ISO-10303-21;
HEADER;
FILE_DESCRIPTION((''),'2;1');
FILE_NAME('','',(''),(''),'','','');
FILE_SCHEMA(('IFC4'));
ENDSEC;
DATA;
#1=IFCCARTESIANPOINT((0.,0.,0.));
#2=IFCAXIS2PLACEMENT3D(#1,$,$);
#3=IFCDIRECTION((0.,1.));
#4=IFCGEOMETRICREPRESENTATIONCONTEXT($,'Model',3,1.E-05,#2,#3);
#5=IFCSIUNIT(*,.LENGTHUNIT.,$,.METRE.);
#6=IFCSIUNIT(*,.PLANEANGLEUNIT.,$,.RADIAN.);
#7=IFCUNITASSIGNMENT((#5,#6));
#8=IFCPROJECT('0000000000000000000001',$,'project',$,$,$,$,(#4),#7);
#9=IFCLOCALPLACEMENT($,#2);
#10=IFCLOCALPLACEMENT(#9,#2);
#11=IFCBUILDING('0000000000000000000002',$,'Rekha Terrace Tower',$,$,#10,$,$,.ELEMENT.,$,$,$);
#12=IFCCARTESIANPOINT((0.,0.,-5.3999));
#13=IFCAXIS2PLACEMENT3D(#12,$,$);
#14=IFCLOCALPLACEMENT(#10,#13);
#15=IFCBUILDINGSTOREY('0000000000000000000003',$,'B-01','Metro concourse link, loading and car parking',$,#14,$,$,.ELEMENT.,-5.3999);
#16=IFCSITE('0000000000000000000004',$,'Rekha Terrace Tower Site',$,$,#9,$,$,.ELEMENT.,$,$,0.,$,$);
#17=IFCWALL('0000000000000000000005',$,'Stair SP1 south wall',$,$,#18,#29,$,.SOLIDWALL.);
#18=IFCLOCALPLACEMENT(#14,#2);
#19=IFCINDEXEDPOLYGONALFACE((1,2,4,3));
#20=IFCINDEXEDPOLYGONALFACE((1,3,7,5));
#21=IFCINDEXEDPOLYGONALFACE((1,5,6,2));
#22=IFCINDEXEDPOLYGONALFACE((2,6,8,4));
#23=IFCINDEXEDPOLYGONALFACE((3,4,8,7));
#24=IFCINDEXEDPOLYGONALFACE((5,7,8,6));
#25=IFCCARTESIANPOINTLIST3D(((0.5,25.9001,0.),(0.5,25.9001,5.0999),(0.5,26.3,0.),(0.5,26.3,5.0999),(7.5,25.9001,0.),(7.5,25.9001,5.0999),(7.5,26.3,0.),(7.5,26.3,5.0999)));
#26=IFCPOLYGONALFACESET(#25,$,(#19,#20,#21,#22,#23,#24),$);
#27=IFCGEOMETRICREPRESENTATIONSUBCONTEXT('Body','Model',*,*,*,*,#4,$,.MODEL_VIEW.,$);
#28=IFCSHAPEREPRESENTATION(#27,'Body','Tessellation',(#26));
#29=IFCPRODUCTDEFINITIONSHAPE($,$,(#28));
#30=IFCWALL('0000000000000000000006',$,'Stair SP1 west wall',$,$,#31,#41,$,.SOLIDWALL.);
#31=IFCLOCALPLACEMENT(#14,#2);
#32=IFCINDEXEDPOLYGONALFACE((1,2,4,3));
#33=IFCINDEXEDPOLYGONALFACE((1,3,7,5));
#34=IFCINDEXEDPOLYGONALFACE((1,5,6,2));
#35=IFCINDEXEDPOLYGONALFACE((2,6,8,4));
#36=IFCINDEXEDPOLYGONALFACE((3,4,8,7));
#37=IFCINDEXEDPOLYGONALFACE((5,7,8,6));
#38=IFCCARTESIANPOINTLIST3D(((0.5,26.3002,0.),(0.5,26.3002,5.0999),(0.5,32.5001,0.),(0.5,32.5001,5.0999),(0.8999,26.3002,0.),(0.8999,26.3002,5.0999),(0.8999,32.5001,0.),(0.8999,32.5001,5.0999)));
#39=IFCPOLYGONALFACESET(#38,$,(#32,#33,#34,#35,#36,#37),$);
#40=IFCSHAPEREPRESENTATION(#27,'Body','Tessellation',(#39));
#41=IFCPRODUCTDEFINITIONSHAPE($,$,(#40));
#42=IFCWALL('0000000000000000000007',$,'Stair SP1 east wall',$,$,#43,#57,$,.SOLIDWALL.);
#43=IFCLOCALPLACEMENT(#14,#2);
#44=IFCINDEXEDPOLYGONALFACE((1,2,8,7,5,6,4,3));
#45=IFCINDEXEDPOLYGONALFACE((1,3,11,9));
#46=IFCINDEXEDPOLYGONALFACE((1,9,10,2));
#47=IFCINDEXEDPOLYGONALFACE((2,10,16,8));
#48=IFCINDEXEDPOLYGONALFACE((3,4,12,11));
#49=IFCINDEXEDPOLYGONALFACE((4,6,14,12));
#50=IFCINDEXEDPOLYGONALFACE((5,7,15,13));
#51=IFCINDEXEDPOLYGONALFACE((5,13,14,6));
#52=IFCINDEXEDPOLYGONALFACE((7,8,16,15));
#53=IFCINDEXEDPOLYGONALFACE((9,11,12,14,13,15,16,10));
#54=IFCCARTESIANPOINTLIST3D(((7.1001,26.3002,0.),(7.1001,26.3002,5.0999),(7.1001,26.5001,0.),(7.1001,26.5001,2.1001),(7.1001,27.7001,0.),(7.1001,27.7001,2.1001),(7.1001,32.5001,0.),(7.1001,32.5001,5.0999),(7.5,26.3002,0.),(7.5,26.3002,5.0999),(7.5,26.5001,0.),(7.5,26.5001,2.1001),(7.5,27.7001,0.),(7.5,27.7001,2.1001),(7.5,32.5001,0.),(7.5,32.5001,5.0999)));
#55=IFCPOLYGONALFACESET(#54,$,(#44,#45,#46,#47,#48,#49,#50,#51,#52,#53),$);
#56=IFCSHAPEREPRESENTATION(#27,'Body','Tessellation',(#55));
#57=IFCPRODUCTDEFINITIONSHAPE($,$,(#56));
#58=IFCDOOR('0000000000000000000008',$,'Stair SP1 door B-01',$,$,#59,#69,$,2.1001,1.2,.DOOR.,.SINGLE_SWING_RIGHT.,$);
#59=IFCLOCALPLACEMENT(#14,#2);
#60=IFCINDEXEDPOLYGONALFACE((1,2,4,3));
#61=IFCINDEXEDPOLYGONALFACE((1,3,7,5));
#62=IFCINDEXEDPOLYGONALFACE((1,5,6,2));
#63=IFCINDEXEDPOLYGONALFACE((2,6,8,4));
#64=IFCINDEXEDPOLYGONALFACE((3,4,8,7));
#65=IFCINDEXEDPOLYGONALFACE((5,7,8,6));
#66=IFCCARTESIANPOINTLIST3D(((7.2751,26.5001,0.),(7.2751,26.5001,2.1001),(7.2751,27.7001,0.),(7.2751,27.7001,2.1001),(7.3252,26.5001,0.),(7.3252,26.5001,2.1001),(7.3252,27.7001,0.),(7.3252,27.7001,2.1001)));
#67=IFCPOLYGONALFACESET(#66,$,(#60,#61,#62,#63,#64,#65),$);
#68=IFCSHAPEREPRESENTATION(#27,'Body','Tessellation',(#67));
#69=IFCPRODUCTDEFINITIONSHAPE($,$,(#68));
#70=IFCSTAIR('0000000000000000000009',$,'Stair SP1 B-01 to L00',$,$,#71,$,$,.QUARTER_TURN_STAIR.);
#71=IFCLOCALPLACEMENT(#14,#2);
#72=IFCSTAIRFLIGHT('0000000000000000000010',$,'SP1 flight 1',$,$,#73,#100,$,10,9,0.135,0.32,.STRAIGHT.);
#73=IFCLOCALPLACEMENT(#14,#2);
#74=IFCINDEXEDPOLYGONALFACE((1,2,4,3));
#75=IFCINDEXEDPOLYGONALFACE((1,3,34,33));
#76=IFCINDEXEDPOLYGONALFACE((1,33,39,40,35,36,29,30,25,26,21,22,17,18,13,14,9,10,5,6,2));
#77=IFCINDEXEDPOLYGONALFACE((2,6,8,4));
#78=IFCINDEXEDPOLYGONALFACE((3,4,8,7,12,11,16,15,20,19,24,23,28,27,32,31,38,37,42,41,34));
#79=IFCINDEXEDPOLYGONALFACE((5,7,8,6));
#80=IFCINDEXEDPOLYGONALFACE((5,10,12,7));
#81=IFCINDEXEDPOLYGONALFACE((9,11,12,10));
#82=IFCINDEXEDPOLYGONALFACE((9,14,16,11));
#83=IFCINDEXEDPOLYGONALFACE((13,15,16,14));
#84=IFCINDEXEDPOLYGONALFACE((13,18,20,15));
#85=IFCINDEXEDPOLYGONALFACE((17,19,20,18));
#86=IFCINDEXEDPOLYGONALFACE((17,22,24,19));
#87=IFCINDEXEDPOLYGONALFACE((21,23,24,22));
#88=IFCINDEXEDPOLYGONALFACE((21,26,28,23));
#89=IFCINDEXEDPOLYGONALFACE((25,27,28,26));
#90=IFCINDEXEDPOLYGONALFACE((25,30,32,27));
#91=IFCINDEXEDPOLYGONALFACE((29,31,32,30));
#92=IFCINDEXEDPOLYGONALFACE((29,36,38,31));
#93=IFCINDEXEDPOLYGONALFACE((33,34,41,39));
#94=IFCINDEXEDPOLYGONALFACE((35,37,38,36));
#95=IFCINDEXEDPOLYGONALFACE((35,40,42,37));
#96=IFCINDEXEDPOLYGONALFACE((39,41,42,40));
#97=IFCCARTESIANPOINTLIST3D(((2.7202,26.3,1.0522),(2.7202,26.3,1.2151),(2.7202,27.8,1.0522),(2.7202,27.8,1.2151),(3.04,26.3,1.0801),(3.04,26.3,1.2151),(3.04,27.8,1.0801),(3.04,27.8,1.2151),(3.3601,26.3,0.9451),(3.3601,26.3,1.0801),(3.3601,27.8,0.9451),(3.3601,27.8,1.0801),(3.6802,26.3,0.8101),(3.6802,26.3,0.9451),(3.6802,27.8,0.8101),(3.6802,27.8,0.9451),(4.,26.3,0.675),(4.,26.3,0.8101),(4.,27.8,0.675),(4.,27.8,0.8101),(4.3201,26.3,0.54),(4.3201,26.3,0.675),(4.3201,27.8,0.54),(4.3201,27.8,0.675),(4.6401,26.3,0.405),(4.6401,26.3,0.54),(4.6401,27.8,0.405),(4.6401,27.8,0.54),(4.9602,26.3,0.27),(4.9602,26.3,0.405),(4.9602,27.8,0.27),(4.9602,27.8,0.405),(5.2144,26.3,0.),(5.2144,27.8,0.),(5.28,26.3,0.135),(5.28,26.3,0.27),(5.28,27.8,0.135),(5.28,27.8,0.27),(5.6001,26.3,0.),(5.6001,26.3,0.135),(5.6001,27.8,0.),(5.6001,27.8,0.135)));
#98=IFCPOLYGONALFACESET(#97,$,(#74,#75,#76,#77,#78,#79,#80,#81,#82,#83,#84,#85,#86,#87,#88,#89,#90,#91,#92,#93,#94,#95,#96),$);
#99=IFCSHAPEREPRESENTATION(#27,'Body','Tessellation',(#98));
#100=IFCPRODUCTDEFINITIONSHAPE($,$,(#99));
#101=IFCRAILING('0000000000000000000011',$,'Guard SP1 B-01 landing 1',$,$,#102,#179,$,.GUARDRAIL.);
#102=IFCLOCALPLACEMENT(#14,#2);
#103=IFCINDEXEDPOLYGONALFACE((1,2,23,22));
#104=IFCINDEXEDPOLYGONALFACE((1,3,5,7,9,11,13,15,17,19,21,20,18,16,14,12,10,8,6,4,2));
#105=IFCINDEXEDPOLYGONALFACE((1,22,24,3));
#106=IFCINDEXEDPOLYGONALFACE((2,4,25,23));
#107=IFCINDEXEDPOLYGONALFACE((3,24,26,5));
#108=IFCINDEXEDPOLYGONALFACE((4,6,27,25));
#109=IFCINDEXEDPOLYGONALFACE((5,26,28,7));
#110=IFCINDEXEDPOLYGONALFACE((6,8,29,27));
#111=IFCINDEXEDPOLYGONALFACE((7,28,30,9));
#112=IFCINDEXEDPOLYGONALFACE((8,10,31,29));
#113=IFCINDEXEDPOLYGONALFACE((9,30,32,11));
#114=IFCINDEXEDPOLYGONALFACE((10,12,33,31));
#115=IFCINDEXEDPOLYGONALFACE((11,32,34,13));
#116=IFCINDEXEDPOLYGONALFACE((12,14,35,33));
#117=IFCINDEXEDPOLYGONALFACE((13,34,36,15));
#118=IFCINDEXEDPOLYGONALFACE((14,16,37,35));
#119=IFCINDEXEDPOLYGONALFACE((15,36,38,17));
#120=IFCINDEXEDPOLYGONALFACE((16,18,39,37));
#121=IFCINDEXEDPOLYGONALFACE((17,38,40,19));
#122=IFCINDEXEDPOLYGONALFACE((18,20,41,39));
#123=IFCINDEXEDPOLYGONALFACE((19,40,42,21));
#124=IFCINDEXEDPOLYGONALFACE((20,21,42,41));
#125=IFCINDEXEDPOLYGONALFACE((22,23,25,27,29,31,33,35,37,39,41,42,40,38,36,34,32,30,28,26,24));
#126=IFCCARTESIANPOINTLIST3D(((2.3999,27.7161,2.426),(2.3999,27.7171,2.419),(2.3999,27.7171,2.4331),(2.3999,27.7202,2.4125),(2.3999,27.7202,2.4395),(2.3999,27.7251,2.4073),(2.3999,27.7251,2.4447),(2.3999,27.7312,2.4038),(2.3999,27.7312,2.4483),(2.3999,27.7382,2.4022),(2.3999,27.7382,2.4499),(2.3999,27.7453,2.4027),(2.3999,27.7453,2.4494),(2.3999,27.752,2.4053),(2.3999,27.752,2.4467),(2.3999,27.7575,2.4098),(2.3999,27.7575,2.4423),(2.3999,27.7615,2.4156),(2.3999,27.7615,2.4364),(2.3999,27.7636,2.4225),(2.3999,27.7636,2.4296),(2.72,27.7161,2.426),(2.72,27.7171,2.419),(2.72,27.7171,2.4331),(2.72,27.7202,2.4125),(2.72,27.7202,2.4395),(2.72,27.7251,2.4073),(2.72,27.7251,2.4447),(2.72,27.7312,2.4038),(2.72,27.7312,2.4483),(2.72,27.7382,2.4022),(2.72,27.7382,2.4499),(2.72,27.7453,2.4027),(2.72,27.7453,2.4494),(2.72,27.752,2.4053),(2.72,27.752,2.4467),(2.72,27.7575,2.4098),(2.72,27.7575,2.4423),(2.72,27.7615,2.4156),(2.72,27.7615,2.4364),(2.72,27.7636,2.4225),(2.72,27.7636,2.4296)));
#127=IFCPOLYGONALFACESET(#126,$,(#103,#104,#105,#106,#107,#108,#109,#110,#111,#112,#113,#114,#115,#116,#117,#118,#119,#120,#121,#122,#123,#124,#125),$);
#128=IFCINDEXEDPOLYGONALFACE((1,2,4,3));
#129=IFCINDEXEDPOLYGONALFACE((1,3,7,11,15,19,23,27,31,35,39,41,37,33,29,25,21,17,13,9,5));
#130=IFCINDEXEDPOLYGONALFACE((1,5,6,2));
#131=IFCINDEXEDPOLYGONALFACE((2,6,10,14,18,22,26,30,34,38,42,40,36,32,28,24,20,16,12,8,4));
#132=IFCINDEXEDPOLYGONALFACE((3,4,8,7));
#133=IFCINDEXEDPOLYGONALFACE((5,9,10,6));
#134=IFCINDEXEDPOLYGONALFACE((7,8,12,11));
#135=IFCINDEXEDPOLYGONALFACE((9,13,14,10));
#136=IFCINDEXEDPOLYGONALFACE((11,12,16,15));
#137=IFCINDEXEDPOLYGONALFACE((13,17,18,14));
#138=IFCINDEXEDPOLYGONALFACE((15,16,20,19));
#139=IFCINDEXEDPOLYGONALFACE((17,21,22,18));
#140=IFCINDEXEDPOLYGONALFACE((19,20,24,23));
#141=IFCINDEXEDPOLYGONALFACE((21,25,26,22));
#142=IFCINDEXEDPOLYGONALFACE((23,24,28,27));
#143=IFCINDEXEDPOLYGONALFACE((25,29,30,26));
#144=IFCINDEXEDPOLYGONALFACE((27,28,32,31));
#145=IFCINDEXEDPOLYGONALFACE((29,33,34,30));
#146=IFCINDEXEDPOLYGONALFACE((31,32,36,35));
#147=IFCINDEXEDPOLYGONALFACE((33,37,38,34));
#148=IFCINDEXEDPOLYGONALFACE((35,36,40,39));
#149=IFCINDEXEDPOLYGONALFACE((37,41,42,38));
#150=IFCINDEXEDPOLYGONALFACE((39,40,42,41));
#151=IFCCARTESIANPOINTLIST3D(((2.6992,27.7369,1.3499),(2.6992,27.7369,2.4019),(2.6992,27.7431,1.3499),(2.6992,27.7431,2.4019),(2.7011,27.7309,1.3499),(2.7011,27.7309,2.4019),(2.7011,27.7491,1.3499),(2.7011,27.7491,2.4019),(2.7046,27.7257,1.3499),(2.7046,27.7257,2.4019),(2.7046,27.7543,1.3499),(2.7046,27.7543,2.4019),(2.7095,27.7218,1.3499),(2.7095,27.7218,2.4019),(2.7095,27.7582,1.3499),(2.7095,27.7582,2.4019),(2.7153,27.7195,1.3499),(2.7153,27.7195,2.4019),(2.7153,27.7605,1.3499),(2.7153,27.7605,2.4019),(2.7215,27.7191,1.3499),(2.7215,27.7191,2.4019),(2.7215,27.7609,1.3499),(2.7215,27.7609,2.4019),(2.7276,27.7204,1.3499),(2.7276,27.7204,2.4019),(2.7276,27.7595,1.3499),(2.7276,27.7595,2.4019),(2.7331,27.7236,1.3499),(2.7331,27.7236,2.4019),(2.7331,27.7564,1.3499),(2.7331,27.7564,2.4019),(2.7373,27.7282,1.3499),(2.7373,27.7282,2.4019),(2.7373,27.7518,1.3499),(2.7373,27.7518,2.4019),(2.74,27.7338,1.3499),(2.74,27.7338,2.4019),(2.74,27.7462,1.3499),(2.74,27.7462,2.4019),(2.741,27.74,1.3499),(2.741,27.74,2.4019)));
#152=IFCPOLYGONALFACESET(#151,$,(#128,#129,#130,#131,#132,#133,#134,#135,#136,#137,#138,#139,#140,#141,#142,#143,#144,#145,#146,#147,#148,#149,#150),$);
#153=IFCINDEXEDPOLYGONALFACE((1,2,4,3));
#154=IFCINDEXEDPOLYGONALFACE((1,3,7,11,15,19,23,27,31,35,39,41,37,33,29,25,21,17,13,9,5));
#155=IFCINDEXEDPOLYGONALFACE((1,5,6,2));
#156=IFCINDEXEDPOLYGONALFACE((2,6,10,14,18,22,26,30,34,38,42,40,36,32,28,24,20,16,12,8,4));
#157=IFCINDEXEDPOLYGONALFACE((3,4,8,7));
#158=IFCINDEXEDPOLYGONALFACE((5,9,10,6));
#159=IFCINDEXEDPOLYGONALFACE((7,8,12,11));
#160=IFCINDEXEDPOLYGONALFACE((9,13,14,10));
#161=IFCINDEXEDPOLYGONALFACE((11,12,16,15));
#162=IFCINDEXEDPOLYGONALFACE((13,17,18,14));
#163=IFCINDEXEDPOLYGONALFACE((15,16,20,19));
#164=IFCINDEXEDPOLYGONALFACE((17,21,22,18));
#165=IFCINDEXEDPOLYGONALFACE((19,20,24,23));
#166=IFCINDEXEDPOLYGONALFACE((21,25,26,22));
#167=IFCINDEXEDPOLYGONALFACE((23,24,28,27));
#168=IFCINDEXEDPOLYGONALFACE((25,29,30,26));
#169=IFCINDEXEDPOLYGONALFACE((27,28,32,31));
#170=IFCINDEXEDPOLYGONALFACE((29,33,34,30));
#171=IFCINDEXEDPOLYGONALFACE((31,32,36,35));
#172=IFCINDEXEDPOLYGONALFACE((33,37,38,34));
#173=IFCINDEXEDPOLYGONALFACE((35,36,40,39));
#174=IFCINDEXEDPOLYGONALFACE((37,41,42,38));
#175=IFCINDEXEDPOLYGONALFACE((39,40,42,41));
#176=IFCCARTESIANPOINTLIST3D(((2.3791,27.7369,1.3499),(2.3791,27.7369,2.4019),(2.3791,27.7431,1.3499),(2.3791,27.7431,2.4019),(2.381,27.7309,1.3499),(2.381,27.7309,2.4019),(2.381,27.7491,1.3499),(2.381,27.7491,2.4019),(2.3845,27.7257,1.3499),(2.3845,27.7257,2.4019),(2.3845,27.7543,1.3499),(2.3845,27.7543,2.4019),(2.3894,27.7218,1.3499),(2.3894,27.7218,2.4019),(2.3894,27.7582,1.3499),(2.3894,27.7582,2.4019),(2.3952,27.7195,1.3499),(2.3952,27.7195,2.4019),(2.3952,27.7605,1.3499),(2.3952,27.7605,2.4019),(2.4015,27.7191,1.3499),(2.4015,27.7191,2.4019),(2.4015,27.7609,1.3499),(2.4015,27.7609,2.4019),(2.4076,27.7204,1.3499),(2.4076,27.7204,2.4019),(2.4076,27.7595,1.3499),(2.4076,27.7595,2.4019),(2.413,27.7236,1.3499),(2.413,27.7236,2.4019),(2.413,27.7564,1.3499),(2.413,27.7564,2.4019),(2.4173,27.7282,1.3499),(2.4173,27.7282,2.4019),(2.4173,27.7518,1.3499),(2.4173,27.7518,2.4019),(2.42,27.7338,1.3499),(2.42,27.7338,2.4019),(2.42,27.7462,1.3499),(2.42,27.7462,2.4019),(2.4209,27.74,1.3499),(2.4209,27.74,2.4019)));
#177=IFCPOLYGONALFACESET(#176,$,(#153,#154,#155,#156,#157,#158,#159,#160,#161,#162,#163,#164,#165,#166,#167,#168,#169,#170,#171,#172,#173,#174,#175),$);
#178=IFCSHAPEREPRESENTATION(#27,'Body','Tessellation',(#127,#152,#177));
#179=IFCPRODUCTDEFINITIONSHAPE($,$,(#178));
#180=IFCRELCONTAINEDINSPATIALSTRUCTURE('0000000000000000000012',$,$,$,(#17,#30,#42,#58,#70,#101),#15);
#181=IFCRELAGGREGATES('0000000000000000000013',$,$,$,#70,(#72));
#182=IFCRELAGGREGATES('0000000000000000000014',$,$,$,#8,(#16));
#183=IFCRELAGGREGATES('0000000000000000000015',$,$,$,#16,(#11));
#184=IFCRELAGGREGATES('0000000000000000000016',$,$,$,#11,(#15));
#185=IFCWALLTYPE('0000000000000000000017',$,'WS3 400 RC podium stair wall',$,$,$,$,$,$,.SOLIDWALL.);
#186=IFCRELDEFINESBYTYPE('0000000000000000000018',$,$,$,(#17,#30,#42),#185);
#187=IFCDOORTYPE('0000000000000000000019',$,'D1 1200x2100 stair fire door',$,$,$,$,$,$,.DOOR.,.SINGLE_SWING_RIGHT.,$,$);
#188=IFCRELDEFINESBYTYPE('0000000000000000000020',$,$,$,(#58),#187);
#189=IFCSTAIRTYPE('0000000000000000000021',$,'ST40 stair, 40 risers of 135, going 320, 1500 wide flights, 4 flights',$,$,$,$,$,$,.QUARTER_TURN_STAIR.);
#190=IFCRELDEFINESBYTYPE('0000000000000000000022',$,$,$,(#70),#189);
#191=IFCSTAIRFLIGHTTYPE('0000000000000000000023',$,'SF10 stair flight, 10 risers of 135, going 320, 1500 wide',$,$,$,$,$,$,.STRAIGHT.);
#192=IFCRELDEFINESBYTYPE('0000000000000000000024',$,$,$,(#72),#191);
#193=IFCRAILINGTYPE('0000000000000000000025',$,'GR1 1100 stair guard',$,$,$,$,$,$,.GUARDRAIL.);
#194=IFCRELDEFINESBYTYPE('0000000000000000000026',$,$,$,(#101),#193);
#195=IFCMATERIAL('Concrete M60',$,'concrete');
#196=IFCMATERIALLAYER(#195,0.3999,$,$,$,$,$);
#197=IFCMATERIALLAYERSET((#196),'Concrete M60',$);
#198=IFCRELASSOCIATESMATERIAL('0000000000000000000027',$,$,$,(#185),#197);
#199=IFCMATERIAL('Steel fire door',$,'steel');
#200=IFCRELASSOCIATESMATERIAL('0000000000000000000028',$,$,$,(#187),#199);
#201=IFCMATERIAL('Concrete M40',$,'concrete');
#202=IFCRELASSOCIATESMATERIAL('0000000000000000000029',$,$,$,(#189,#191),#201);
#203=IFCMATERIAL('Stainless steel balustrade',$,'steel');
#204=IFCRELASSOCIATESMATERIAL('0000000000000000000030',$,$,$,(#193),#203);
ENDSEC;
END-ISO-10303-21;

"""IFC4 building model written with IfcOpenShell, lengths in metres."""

from ifc_helpers import new_model, si_unit, direction, frame, frame_2d, origin, origin_2d, place, context, subcontext, project, spatial, polyline, rectangle, circle, outline, extrude, material, layer, layer_set, type_object, element, fill, aggregate, save


model = new_model("IFC4")

# Units and contexts
model_context = context("Model", 3, precision=1e-05, world=origin(), true_north=direction((0.0, 1.0)))
body_context = subcontext(model_context, "Body", "Model", "MODEL_VIEW")
ifc_project = project(units=[si_unit("LENGTHUNIT", "METRE"), si_unit("PLANEANGLEUNIT", "RADIAN")], contexts=[model_context])

# Site, building, storey
site_placement = place(None, origin())
site = spatial("IfcSite", under=ifc_project, at=site_placement, Name="Rekha Terrace Tower Site", CompositionType="ELEMENT", RefElevation=0.0)
building_placement = place(site_placement, origin())
building = spatial("IfcBuilding", under=site, at=building_placement, Name="Rekha Terrace Tower", CompositionType="ELEMENT")
storey_placement = place(building_placement, frame((0.0, 0.0, -5.3999)))
storey = spatial("IfcBuildingStorey", under=building, at=storey_placement, Name="B-01", Description="Metro concourse link, loading and car parking", CompositionType="ELEMENT", Elevation=-5.3999)

# Shared definitions
ifc_material_1 = material(Name="Concrete M60", Category="concrete")

# Walls
ifc_material_2 = material(Name="Concrete M40", Category="concrete")
ifc_layer_1 = layer(ifc_material_1, 0.3999)
ifc_layer_set_1 = layer_set([ifc_layer_1], Name="Concrete M60")
wall_type_1 = type_object("IfcWallType", Name="WS3 400 RC podium stair wall", PredefinedType="SOLIDWALL", material=ifc_layer_set_1)
wall_1_placement = place(storey_placement, frame((0.5, 26.1001, 0.0), z_axis=(0.0, 0.0, 1.0), x_axis=(1.0, 0.0, 0.0)))
element("IfcWall", 1, at=wall_1_placement, inside=storey, type_object=wall_type_1, Name="Stair SP1 south wall", PredefinedType="SOLIDWALL", context=body_context, shape_type="SweptSolid", body=[
    extrude(rectangle(XDim=7.0, YDim=0.3999, at=frame_2d((3.5, 0.0))), origin(), (0.0, 0.0, 1.0), 5.0999),
])
wall_2_placement = place(storey_placement, frame((0.7, 26.3, 0.0), z_axis=(0.0, 0.0, 1.0), x_axis=(0.0, 1.0, 0.0)))
element("IfcWall", 2, at=wall_2_placement, inside=storey, type_object=wall_type_1, Name="Stair SP1 west wall", PredefinedType="SOLIDWALL", context=body_context, shape_type="SweptSolid", body=[
    extrude(rectangle(XDim=6.2, YDim=0.3999, at=frame_2d((3.1001, 0.0))), origin(), (0.0, 0.0, 1.0), 5.0999),
])

# Wall, opening, door
wall_3_placement = place(storey_placement, frame((7.3, 26.3, 0.0), z_axis=(0.0, 0.0, 1.0), x_axis=(0.0, 1.0, 0.0)))
wall_3 = element("IfcWall", 3, at=wall_3_placement, inside=storey, type_object=wall_type_1, Name="Stair SP1 east wall", PredefinedType="SOLIDWALL", context=body_context, shape_type="SweptSolid", body=[
    extrude(rectangle(XDim=6.2, YDim=0.3999, at=frame_2d((3.1001, 0.0))), origin(), (0.0, 0.0, 1.0), 5.0999),
])
opening_placement = place(wall_3_placement, frame((0.2, 0.0, 0.0)))
opening = element("IfcOpeningElement", 4, at=opening_placement, cuts=wall_3, PredefinedType="OPENING", context=body_context, shape_type="SweptSolid", body=[
    extrude(rectangle(XDim=1.2, YDim=2.1001, at=frame_2d((0.6001, 1.05))), frame((0.0, 0.21, 0.0), z_axis=(0.0, -1.0, 0.0), x_axis=(1.0, 0.0, 0.0)), (0.0, 0.0, 1.0), 0.4199),
])
ifc_material_3 = material(Name="Steel fire door", Category="steel")
door_type = type_object("IfcDoorType", Name="D1 1200x2100 stair fire door", OperationType="SINGLE_SWING_RIGHT", PredefinedType="DOOR", material=ifc_material_3)
door_placement = place(opening_placement, origin())
door = element("IfcDoor", 5, at=door_placement, inside=storey, type_object=door_type, Name="Stair SP1 door B-01", OperationType="SINGLE_SWING_RIGHT", OverallHeight=2.1001, OverallWidth=1.2, PredefinedType="DOOR", context=body_context, shape_type="SweptSolid", body=[
    extrude(rectangle(XDim=1.2, YDim=2.1001, at=frame_2d((0.6001, 1.05))), frame((0.0, 0.0249, 0.0), z_axis=(0.0, -1.0, 0.0), x_axis=(1.0, 0.0, 0.0)), (0.0, 0.0, 1.0), 0.05),
])
fill(opening, door)

# Stair, stair flight
stair_type = type_object("IfcStairType", Name="ST40 stair, 40 risers of 135, going 320, 1500 wide flights, 4 flights", PredefinedType="QUARTER_TURN_STAIR", material=ifc_material_2)
stair_placement = place(storey_placement, origin())
stair = element("IfcStair", 6, at=stair_placement, inside=storey, type_object=stair_type, Name="Stair SP1 B-01 to L00", PredefinedType="QUARTER_TURN_STAIR")
stair_flight_type = type_object("IfcStairFlightType", Name="SF10 stair flight, 10 risers of 135, going 320, 1500 wide", PredefinedType="STRAIGHT", material=ifc_material_2)
stair_flight_placement = place(storey_placement, frame((5.6001, 27.05, 0.0), z_axis=(0.0, 0.0, 1.0), x_axis=(-1.0, 0.0, 0.0)))
stair_flight = element("IfcStairFlight", 7, at=stair_flight_placement, type_object=stair_flight_type, Name="SP1 flight 1", NumberOfRisers=10, NumberOfTreads=9, PredefinedType="STRAIGHT", RiserHeight=0.135, TreadLength=0.32, context=body_context, shape_type="SweptSolid", body=[
    extrude(outline(polyline([(0.0, 0.0), (0.0, 0.135), (0.3201, 0.135), (0.3201, 0.27), (0.6399, 0.27), (0.6399, 0.405), (0.96, 0.405), (0.96, 0.54), (1.28, 0.54), (1.28, 0.675), (1.6001, 0.675), (1.6001, 0.8101), (1.9199, 0.8101), (1.9199, 0.9451), (2.24, 0.9451), (2.24, 1.0801), (2.5601, 1.0801), (2.5601, 1.2151), (2.8799, 1.2151), (2.8799, 1.3501), (2.8799, 1.0522), (0.3857, 0.0), (0.0, 0.0)])), frame((0.0, 0.75, 0.0), z_axis=(0.0, -1.0, 0.0), x_axis=(1.0, 0.0, 0.0)), (0.0, 0.0, 1.0), 1.5),
])
aggregate(stair, [stair_flight])

# Railing
ifc_material_4 = material(Name="Stainless steel balustrade", Category="steel")
railing_type_1 = type_object("IfcRailingType", Name="GR1 1100 stair guard", PredefinedType="GUARDRAIL", material=ifc_material_4)
railing_1_placement = place(storey_placement, frame((2.72, 27.74, 1.3499)))
element("IfcRailing", 8, at=railing_1_placement, inside=storey, type_object=railing_type_1, Name="Guard SP1 B-01 landing 1", PredefinedType="GUARDRAIL", context=body_context, shape_type="SweptSolid", body=[
    extrude(circle(Radius=0.0239, at=origin_2d()), frame((0.0, 0.0, 1.0762), z_axis=(-1.0, 0.0, 0.0), x_axis=(0.0, -1.0, 0.0)), (0.0, 0.0, 1.0), 0.3201),
    extrude(circle(Radius=0.021, at=origin_2d()), origin(), (0.0, 0.0, 1.0), 1.052),
    extrude(circle(Radius=0.021, at=origin_2d()), frame((-0.3201, 0.0, 0.0)), (0.0, 0.0, 1.0), 1.052),
])

save(model, "model.ifc")
